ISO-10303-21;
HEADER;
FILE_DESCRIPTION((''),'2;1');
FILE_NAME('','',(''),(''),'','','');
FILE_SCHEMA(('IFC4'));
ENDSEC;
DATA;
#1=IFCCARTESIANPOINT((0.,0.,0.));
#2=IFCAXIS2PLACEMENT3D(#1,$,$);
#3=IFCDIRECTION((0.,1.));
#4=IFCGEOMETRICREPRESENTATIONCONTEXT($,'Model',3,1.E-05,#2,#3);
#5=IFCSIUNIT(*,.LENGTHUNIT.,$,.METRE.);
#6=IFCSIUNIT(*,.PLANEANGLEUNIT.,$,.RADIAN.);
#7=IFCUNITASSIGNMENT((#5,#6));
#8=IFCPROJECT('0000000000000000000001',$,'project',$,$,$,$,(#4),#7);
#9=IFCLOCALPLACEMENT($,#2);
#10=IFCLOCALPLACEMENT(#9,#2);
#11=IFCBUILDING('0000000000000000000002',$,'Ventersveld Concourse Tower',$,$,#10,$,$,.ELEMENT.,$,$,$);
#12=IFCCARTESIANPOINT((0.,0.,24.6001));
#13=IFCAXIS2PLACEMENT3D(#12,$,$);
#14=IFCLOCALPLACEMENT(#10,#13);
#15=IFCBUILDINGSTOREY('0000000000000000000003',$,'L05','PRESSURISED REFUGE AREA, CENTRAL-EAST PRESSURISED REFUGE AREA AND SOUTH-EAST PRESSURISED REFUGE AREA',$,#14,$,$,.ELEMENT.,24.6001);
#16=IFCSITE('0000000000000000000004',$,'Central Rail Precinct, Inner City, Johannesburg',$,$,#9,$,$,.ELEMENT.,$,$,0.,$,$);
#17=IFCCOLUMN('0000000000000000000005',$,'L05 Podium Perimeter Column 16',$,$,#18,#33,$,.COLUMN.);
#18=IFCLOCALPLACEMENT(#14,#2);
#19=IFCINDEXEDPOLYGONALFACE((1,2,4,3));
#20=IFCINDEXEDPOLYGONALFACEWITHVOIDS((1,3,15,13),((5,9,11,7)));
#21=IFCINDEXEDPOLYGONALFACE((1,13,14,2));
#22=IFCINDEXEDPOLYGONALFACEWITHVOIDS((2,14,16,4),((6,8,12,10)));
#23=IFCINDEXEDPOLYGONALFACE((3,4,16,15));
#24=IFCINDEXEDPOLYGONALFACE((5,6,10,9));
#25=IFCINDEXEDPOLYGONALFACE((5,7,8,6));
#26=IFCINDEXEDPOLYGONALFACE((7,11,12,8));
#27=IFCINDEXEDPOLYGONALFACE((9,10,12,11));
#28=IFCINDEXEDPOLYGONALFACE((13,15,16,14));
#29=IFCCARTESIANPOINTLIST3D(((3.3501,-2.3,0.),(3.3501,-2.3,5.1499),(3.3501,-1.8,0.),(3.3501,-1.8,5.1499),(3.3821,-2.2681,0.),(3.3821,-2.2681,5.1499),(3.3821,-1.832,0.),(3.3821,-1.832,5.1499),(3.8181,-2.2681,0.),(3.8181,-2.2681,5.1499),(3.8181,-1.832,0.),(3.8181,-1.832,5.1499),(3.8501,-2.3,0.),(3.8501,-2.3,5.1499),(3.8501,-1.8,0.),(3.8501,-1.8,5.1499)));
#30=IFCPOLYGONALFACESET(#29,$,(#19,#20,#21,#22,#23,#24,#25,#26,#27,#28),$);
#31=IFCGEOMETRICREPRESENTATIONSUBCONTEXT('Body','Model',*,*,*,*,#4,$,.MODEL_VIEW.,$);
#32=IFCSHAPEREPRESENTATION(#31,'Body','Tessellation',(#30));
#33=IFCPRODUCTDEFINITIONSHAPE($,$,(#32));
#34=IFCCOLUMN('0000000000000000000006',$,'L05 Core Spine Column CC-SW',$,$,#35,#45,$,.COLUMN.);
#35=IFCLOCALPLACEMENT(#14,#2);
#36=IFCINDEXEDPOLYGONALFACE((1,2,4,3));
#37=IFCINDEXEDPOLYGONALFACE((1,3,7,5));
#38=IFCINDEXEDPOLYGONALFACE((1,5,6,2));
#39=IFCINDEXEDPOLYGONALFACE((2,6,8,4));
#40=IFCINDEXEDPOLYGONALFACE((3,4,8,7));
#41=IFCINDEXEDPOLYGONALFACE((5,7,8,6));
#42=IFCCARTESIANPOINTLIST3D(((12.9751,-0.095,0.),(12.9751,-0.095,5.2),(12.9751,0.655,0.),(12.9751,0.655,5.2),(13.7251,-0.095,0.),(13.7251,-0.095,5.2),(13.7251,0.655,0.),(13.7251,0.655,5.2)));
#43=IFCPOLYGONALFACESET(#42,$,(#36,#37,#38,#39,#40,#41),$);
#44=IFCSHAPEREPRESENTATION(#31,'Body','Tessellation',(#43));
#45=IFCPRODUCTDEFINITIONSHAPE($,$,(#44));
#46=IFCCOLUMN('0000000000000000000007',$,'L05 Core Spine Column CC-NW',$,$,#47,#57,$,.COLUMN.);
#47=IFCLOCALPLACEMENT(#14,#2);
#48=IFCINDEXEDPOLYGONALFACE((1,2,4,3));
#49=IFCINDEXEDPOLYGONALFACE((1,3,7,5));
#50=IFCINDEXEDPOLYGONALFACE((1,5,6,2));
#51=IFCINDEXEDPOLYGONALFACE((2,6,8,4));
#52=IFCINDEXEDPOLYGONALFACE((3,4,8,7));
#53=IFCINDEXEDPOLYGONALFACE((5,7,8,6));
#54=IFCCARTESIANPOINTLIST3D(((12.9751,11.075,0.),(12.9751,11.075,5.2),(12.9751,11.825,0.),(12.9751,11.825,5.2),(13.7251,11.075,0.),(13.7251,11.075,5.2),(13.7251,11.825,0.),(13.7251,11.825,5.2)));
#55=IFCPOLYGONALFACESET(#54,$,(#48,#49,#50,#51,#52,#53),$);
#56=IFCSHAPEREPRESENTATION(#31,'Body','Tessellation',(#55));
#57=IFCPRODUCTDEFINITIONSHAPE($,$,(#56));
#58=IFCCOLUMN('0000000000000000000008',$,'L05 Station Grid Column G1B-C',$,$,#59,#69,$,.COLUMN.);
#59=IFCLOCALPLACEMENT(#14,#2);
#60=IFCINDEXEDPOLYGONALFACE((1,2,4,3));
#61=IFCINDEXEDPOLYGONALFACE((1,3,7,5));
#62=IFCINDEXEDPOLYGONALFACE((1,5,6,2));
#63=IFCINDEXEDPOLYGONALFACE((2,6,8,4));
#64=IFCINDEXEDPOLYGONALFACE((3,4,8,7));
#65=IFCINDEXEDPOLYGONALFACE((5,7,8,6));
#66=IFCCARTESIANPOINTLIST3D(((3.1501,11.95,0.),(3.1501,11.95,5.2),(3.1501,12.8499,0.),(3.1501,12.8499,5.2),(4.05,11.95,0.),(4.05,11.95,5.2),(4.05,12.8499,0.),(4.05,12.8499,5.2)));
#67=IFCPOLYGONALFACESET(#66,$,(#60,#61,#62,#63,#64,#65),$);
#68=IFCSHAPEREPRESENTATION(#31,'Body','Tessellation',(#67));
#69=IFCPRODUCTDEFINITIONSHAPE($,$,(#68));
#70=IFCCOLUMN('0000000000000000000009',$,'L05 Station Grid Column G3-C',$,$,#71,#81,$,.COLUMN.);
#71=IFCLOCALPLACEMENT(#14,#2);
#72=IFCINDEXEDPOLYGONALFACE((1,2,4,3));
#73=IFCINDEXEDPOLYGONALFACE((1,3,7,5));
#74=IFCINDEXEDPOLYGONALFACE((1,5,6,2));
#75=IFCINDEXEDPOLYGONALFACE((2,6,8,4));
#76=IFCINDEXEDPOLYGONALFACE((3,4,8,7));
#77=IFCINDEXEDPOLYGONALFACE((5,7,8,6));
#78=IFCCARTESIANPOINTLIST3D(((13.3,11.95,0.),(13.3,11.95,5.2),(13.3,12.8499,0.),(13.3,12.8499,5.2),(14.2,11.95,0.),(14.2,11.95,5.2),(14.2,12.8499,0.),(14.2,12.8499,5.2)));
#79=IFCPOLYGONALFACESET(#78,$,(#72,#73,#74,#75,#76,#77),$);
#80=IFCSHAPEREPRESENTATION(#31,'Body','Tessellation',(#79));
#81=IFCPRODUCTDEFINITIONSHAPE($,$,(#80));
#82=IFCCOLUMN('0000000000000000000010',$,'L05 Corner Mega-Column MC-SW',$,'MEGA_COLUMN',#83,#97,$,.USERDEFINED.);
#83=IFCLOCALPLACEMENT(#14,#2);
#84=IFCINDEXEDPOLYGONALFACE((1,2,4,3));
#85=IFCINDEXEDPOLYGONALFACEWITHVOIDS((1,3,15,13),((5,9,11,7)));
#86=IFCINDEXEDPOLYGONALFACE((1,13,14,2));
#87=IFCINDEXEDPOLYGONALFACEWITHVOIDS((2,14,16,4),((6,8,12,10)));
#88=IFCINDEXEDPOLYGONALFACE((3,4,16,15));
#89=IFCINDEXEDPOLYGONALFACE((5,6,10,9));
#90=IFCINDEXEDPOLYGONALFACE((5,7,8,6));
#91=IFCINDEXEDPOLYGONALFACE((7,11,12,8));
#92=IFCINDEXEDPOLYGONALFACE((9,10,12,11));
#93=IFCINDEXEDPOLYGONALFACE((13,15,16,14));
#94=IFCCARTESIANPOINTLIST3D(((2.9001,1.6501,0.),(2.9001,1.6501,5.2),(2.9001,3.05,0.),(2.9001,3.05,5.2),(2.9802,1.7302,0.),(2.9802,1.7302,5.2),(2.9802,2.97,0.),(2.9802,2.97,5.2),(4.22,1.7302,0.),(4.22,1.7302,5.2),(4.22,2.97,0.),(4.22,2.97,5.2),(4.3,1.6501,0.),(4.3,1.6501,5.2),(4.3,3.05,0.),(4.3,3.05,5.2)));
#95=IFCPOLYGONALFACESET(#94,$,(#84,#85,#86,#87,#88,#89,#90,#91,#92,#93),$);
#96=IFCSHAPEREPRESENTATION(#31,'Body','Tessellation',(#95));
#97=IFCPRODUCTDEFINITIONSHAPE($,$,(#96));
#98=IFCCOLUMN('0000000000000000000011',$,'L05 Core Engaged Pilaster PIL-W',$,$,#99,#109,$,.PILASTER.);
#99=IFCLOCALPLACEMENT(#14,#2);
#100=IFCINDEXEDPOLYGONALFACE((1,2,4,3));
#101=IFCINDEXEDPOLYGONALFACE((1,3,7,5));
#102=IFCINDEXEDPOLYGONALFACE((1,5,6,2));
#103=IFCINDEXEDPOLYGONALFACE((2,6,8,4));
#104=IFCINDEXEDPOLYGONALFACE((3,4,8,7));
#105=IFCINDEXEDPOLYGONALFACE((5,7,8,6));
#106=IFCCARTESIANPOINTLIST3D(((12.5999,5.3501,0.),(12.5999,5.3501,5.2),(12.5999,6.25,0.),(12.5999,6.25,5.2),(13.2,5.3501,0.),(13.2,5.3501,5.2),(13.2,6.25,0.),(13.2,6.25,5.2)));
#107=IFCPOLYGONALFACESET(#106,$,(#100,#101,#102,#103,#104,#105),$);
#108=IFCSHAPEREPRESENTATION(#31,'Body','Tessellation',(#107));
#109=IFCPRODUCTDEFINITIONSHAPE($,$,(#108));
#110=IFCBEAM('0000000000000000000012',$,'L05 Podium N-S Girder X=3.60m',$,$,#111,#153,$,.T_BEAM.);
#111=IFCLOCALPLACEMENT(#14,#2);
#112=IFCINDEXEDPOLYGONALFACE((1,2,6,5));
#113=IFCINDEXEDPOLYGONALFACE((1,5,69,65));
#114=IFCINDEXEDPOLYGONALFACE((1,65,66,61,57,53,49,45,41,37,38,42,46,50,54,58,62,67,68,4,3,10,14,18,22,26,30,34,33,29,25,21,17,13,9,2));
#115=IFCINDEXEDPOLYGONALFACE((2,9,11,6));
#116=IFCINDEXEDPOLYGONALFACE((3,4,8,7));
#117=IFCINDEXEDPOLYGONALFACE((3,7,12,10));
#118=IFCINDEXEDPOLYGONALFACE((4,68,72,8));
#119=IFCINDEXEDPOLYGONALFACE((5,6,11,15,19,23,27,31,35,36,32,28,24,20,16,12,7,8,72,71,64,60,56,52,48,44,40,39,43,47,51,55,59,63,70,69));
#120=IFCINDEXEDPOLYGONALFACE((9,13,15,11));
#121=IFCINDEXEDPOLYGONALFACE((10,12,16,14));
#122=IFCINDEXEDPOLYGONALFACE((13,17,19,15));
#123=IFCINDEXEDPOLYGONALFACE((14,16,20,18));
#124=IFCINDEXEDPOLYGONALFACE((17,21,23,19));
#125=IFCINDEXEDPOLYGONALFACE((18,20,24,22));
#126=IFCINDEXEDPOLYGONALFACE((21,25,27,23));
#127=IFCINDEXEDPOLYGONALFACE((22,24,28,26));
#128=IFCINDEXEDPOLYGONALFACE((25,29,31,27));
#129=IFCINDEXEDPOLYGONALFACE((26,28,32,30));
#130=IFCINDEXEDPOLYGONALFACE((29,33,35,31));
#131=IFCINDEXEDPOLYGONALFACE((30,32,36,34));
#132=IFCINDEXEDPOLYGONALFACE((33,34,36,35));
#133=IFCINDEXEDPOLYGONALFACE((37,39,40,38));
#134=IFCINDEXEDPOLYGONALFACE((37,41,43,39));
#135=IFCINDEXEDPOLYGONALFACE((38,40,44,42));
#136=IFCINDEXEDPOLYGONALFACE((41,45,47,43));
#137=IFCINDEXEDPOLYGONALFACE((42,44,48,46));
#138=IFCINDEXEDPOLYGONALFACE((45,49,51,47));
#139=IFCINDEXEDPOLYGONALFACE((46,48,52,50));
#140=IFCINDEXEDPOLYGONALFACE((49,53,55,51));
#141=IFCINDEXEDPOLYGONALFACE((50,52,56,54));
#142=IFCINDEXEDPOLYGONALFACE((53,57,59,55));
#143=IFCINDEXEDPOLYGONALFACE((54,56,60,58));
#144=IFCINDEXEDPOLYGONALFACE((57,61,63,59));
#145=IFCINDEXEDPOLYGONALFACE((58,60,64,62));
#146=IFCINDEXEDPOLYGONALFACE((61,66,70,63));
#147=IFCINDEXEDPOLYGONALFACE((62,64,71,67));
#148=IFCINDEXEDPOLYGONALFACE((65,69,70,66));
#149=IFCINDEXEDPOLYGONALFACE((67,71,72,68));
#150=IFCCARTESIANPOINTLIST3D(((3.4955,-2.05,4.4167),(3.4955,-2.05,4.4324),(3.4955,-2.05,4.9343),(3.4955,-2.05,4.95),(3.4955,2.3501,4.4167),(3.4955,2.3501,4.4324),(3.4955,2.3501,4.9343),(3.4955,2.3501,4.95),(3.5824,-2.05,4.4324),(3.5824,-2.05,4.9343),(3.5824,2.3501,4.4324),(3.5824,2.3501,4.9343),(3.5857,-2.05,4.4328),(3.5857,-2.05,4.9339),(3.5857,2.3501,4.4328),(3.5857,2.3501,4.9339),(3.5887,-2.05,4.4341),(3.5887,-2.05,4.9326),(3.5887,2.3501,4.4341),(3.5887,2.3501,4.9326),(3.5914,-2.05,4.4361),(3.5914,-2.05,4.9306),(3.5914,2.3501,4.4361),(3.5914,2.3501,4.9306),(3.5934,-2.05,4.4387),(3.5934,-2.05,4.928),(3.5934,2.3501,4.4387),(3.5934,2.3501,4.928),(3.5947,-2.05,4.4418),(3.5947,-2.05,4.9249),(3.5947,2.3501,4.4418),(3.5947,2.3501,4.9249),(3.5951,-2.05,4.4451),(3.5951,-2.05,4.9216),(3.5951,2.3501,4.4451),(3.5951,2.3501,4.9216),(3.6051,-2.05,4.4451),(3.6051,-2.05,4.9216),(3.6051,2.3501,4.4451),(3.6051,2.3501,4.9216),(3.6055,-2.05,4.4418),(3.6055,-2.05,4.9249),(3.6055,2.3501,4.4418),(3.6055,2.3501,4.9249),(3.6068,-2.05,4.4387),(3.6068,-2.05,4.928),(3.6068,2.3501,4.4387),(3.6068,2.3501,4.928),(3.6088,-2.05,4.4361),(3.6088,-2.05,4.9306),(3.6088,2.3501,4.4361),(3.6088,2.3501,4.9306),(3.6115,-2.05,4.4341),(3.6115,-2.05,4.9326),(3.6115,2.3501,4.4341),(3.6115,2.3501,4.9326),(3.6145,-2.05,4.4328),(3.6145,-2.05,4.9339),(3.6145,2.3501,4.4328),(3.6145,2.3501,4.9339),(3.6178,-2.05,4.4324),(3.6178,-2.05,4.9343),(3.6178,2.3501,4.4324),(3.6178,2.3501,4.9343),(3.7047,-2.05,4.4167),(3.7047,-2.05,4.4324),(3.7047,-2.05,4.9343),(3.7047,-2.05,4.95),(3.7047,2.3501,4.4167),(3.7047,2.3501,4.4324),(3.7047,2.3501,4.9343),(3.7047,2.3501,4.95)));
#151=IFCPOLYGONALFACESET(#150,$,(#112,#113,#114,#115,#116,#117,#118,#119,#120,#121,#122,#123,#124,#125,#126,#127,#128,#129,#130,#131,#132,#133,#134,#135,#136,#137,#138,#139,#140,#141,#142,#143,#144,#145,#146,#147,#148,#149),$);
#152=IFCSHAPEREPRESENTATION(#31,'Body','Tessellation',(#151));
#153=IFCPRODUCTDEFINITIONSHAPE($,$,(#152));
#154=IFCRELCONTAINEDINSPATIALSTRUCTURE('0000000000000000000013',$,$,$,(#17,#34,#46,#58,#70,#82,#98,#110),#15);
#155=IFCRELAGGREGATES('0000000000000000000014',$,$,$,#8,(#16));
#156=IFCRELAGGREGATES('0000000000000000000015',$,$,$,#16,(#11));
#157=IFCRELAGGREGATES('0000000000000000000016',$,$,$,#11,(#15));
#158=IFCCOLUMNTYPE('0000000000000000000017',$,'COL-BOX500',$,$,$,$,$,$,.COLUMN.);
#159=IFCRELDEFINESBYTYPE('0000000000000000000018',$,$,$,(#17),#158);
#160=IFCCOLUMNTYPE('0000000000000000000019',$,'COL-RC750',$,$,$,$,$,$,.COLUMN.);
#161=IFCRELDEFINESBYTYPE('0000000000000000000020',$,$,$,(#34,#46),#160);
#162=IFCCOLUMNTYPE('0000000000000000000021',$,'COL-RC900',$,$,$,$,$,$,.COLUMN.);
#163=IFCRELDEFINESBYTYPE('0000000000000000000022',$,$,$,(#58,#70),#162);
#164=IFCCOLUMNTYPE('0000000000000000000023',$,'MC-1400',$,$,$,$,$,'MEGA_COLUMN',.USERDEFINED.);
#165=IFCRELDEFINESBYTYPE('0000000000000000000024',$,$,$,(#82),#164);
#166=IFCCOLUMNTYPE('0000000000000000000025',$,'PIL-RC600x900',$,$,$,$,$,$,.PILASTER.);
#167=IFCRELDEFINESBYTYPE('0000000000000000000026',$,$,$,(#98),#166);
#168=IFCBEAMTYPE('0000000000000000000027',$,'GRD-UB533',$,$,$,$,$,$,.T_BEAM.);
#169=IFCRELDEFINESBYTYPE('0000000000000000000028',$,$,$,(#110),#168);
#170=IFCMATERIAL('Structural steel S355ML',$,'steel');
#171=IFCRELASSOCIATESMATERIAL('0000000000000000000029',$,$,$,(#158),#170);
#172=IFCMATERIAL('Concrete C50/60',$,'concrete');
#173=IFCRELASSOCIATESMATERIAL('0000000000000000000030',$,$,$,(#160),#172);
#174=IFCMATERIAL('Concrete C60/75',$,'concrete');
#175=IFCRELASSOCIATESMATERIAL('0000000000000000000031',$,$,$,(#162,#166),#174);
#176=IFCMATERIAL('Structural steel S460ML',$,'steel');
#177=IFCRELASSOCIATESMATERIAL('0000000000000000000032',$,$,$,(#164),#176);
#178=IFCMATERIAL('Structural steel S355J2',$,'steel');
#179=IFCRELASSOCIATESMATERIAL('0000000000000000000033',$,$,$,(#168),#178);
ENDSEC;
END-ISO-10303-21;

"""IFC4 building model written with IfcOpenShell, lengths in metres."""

from ifc_helpers import new_model, si_unit, direction, frame, origin, origin_2d, place, context, subcontext, project, spatial, rectangle, hollow_rectangle, i_section, extrude, material, material_profile, profile_set, type_object, element, save


model = new_model("IFC4")

# Units and contexts
model_context = context("Model", 3, precision=1e-05, world=origin(), true_north=direction((0.0, 1.0)))
body_context = subcontext(model_context, "Body", "Model", "MODEL_VIEW")
ifc_project = project(units=[si_unit("LENGTHUNIT", "METRE"), si_unit("PLANEANGLEUNIT", "RADIAN")], contexts=[model_context])

# Site, building, storey
site_placement = place(None, origin())
site = spatial("IfcSite", under=ifc_project, at=site_placement, Name="Central Rail Precinct, Inner City, Johannesburg", CompositionType="ELEMENT", RefElevation=0.0)
building_placement = place(site_placement, origin())
building = spatial("IfcBuilding", under=site, at=building_placement, Name="Ventersveld Concourse Tower", CompositionType="ELEMENT")
storey_placement = place(building_placement, frame((0.0, 0.0, 24.6001)))
storey = spatial("IfcBuildingStorey", under=building, at=storey_placement, Name="L05", Description="PRESSURISED REFUGE AREA, CENTRAL-EAST PRESSURISED REFUGE AREA AND SOUTH-EAST PRESSURISED REFUGE AREA", CompositionType="ELEMENT", Elevation=24.6001)

# Columns
ifc_material_1 = material(Name="Structural steel S355ML", Category="steel")
ifc_material_profile_1 = material_profile(ifc_material_1, hollow_rectangle(XDim=0.5, YDim=0.5, WallThickness=0.032, at=origin_2d()), Name="BOX 500x500x32")
ifc_profile_set_1 = profile_set([ifc_material_profile_1], Name="Structural steel S355ML")
column_type_1 = type_object("IfcColumnType", Name="COL-BOX500", PredefinedType="COLUMN", material=ifc_profile_set_1)
column_1_placement = place(storey_placement, frame((3.6001, -2.05, 0.0), z_axis=(0.0, 0.0, 1.0), x_axis=(1.0, 0.0, 0.0)))
element("IfcColumn", 1, at=column_1_placement, inside=storey, type_object=column_type_1, Name="L05 Podium Perimeter Column 16", PredefinedType="COLUMN", context=body_context, shape_type="SweptSolid", body=[
    extrude(hollow_rectangle(XDim=0.5, YDim=0.5, WallThickness=0.032, at=origin_2d()), origin(), (0.0, 0.0, 1.0), 5.1499),
])
ifc_material_2 = material(Name="Concrete C50/60", Category="concrete")
ifc_material_profile_2 = material_profile(ifc_material_2, rectangle(XDim=0.75, YDim=0.75, at=origin_2d()), Name="RC 750x750")
ifc_profile_set_2 = profile_set([ifc_material_profile_2], Name="Concrete C50/60")
column_type_2 = type_object("IfcColumnType", Name="COL-RC750", PredefinedType="COLUMN", material=ifc_profile_set_2)
for number, where, z_axis, x_axis, name in (
    (2, (13.3501, 0.28, 0.0), (0.0, 0.0, 1.0), (1.0, 0.0, 0.0), "L05 Core Spine Column CC-SW"),
    (3, (13.3501, 11.45, 0.0), (0.0, 0.0, 1.0), (1.0, 0.0, 0.0), "L05 Core Spine Column CC-NW"),
):
    element("IfcColumn", number, at=place(storey_placement, frame(where, z_axis=z_axis, x_axis=x_axis)), inside=storey, type_object=column_type_2, Name=name, PredefinedType="COLUMN", context=body_context, shape_type="SweptSolid", body=[
        extrude(rectangle(XDim=0.75, YDim=0.75, at=origin_2d()), origin(), (0.0, 0.0, 1.0), 5.2),
    ])
ifc_material_3 = material(Name="Concrete C60/75", Category="concrete")
ifc_material_profile_3 = material_profile(ifc_material_3, rectangle(XDim=0.8999, YDim=0.8999, at=origin_2d()), Name="RC 900x900")
ifc_profile_set_3 = profile_set([ifc_material_profile_3], Name="Concrete C60/75")
column_type_3 = type_object("IfcColumnType", Name="COL-RC900", PredefinedType="COLUMN", material=ifc_profile_set_3)
for number, where, z_axis, x_axis, name in (
    (4, (3.6001, 12.3999, 0.0), (0.0, 0.0, 1.0), (1.0, 0.0, 0.0), "L05 Station Grid Column G1B-C"),
    (5, (13.75, 12.3999, 0.0), (0.0, 0.0, 1.0), (1.0, 0.0, 0.0), "L05 Station Grid Column G3-C"),
):
    element("IfcColumn", number, at=place(storey_placement, frame(where, z_axis=z_axis, x_axis=x_axis)), inside=storey, type_object=column_type_3, Name=name, PredefinedType="COLUMN", context=body_context, shape_type="SweptSolid", body=[
        extrude(rectangle(XDim=0.8999, YDim=0.8999, at=origin_2d()), origin(), (0.0, 0.0, 1.0), 5.2),
    ])
ifc_material_4 = material(Name="Structural steel S460ML", Category="steel")
ifc_material_profile_4 = material_profile(ifc_material_4, hollow_rectangle(XDim=1.3999, YDim=1.3999, WallThickness=0.0801, at=origin_2d()), Name="BOX 1400x1400x80")
ifc_profile_set_4 = profile_set([ifc_material_profile_4], Name="Structural steel S460ML")
column_type_4 = type_object("IfcColumnType", Name="MC-1400", ElementType="MEGA_COLUMN", PredefinedType="USERDEFINED", material=ifc_profile_set_4)
column_2_placement = place(storey_placement, frame((3.6001, 2.3501, 0.0), z_axis=(0.0, 0.0, 1.0), x_axis=(1.0, 0.0, 0.0)))
element("IfcColumn", 6, at=column_2_placement, inside=storey, type_object=column_type_4, Name="L05 Corner Mega-Column MC-SW", ObjectType="MEGA_COLUMN", PredefinedType="USERDEFINED", context=body_context, shape_type="SweptSolid", body=[
    extrude(hollow_rectangle(XDim=1.3999, YDim=1.3999, WallThickness=0.0801, at=origin_2d()), origin(), (0.0, 0.0, 1.0), 5.2),
])
ifc_material_profile_5 = material_profile(ifc_material_3, rectangle(XDim=0.6001, YDim=0.8999, at=origin_2d()), Name="RC 600x900")
ifc_profile_set_5 = profile_set([ifc_material_profile_5], Name="Concrete C60/75")
column_type_5 = type_object("IfcColumnType", Name="PIL-RC600x900", PredefinedType="PILASTER", material=ifc_profile_set_5)
column_3_placement = place(storey_placement, frame((12.8999, 5.8, 0.0), z_axis=(0.0, 0.0, 1.0), x_axis=(1.0, 0.0, 0.0)))
element("IfcColumn", 7, at=column_3_placement, inside=storey, type_object=column_type_5, Name="L05 Core Engaged Pilaster PIL-W", PredefinedType="PILASTER", context=body_context, shape_type="SweptSolid", body=[
    extrude(rectangle(XDim=0.6001, YDim=0.8999, at=origin_2d()), origin(), (0.0, 0.0, 1.0), 5.2),
])

# Beam
ifc_material_5 = material(Name="Structural steel S355J2", Category="steel")
ifc_material_profile_6 = material_profile(ifc_material_5, i_section(OverallWidth=0.2092, OverallDepth=0.5332, WebThickness=0.01, FlangeThickness=0.0156, FilletRadius=0.0127, at=origin_2d()), Name="UB 533x210x92")
ifc_profile_set_6 = profile_set([ifc_material_profile_6], Name="Structural steel S355J2")
beam_type_1 = type_object("IfcBeamType", Name="GRD-UB533", PredefinedType="T_BEAM", material=ifc_profile_set_6)
beam_1_placement = place(storey_placement, frame((3.6001, -2.05, 4.6833), z_axis=(0.0, 1.0, 0.0), x_axis=(-1.0, 0.0, 0.0)))
element("IfcBeam", 8, at=beam_1_placement, inside=storey, type_object=beam_type_1, Name="L05 Podium N-S Girder X=3.60m", PredefinedType="T_BEAM", context=body_context, shape_type="SweptSolid", body=[
    extrude(i_section(OverallWidth=0.2092, OverallDepth=0.5332, WebThickness=0.01, FlangeThickness=0.0156, FilletRadius=0.0127, at=origin_2d()), origin(), (0.0, 0.0, 1.0), 4.4001),
])

save(model, "model.ifc")
